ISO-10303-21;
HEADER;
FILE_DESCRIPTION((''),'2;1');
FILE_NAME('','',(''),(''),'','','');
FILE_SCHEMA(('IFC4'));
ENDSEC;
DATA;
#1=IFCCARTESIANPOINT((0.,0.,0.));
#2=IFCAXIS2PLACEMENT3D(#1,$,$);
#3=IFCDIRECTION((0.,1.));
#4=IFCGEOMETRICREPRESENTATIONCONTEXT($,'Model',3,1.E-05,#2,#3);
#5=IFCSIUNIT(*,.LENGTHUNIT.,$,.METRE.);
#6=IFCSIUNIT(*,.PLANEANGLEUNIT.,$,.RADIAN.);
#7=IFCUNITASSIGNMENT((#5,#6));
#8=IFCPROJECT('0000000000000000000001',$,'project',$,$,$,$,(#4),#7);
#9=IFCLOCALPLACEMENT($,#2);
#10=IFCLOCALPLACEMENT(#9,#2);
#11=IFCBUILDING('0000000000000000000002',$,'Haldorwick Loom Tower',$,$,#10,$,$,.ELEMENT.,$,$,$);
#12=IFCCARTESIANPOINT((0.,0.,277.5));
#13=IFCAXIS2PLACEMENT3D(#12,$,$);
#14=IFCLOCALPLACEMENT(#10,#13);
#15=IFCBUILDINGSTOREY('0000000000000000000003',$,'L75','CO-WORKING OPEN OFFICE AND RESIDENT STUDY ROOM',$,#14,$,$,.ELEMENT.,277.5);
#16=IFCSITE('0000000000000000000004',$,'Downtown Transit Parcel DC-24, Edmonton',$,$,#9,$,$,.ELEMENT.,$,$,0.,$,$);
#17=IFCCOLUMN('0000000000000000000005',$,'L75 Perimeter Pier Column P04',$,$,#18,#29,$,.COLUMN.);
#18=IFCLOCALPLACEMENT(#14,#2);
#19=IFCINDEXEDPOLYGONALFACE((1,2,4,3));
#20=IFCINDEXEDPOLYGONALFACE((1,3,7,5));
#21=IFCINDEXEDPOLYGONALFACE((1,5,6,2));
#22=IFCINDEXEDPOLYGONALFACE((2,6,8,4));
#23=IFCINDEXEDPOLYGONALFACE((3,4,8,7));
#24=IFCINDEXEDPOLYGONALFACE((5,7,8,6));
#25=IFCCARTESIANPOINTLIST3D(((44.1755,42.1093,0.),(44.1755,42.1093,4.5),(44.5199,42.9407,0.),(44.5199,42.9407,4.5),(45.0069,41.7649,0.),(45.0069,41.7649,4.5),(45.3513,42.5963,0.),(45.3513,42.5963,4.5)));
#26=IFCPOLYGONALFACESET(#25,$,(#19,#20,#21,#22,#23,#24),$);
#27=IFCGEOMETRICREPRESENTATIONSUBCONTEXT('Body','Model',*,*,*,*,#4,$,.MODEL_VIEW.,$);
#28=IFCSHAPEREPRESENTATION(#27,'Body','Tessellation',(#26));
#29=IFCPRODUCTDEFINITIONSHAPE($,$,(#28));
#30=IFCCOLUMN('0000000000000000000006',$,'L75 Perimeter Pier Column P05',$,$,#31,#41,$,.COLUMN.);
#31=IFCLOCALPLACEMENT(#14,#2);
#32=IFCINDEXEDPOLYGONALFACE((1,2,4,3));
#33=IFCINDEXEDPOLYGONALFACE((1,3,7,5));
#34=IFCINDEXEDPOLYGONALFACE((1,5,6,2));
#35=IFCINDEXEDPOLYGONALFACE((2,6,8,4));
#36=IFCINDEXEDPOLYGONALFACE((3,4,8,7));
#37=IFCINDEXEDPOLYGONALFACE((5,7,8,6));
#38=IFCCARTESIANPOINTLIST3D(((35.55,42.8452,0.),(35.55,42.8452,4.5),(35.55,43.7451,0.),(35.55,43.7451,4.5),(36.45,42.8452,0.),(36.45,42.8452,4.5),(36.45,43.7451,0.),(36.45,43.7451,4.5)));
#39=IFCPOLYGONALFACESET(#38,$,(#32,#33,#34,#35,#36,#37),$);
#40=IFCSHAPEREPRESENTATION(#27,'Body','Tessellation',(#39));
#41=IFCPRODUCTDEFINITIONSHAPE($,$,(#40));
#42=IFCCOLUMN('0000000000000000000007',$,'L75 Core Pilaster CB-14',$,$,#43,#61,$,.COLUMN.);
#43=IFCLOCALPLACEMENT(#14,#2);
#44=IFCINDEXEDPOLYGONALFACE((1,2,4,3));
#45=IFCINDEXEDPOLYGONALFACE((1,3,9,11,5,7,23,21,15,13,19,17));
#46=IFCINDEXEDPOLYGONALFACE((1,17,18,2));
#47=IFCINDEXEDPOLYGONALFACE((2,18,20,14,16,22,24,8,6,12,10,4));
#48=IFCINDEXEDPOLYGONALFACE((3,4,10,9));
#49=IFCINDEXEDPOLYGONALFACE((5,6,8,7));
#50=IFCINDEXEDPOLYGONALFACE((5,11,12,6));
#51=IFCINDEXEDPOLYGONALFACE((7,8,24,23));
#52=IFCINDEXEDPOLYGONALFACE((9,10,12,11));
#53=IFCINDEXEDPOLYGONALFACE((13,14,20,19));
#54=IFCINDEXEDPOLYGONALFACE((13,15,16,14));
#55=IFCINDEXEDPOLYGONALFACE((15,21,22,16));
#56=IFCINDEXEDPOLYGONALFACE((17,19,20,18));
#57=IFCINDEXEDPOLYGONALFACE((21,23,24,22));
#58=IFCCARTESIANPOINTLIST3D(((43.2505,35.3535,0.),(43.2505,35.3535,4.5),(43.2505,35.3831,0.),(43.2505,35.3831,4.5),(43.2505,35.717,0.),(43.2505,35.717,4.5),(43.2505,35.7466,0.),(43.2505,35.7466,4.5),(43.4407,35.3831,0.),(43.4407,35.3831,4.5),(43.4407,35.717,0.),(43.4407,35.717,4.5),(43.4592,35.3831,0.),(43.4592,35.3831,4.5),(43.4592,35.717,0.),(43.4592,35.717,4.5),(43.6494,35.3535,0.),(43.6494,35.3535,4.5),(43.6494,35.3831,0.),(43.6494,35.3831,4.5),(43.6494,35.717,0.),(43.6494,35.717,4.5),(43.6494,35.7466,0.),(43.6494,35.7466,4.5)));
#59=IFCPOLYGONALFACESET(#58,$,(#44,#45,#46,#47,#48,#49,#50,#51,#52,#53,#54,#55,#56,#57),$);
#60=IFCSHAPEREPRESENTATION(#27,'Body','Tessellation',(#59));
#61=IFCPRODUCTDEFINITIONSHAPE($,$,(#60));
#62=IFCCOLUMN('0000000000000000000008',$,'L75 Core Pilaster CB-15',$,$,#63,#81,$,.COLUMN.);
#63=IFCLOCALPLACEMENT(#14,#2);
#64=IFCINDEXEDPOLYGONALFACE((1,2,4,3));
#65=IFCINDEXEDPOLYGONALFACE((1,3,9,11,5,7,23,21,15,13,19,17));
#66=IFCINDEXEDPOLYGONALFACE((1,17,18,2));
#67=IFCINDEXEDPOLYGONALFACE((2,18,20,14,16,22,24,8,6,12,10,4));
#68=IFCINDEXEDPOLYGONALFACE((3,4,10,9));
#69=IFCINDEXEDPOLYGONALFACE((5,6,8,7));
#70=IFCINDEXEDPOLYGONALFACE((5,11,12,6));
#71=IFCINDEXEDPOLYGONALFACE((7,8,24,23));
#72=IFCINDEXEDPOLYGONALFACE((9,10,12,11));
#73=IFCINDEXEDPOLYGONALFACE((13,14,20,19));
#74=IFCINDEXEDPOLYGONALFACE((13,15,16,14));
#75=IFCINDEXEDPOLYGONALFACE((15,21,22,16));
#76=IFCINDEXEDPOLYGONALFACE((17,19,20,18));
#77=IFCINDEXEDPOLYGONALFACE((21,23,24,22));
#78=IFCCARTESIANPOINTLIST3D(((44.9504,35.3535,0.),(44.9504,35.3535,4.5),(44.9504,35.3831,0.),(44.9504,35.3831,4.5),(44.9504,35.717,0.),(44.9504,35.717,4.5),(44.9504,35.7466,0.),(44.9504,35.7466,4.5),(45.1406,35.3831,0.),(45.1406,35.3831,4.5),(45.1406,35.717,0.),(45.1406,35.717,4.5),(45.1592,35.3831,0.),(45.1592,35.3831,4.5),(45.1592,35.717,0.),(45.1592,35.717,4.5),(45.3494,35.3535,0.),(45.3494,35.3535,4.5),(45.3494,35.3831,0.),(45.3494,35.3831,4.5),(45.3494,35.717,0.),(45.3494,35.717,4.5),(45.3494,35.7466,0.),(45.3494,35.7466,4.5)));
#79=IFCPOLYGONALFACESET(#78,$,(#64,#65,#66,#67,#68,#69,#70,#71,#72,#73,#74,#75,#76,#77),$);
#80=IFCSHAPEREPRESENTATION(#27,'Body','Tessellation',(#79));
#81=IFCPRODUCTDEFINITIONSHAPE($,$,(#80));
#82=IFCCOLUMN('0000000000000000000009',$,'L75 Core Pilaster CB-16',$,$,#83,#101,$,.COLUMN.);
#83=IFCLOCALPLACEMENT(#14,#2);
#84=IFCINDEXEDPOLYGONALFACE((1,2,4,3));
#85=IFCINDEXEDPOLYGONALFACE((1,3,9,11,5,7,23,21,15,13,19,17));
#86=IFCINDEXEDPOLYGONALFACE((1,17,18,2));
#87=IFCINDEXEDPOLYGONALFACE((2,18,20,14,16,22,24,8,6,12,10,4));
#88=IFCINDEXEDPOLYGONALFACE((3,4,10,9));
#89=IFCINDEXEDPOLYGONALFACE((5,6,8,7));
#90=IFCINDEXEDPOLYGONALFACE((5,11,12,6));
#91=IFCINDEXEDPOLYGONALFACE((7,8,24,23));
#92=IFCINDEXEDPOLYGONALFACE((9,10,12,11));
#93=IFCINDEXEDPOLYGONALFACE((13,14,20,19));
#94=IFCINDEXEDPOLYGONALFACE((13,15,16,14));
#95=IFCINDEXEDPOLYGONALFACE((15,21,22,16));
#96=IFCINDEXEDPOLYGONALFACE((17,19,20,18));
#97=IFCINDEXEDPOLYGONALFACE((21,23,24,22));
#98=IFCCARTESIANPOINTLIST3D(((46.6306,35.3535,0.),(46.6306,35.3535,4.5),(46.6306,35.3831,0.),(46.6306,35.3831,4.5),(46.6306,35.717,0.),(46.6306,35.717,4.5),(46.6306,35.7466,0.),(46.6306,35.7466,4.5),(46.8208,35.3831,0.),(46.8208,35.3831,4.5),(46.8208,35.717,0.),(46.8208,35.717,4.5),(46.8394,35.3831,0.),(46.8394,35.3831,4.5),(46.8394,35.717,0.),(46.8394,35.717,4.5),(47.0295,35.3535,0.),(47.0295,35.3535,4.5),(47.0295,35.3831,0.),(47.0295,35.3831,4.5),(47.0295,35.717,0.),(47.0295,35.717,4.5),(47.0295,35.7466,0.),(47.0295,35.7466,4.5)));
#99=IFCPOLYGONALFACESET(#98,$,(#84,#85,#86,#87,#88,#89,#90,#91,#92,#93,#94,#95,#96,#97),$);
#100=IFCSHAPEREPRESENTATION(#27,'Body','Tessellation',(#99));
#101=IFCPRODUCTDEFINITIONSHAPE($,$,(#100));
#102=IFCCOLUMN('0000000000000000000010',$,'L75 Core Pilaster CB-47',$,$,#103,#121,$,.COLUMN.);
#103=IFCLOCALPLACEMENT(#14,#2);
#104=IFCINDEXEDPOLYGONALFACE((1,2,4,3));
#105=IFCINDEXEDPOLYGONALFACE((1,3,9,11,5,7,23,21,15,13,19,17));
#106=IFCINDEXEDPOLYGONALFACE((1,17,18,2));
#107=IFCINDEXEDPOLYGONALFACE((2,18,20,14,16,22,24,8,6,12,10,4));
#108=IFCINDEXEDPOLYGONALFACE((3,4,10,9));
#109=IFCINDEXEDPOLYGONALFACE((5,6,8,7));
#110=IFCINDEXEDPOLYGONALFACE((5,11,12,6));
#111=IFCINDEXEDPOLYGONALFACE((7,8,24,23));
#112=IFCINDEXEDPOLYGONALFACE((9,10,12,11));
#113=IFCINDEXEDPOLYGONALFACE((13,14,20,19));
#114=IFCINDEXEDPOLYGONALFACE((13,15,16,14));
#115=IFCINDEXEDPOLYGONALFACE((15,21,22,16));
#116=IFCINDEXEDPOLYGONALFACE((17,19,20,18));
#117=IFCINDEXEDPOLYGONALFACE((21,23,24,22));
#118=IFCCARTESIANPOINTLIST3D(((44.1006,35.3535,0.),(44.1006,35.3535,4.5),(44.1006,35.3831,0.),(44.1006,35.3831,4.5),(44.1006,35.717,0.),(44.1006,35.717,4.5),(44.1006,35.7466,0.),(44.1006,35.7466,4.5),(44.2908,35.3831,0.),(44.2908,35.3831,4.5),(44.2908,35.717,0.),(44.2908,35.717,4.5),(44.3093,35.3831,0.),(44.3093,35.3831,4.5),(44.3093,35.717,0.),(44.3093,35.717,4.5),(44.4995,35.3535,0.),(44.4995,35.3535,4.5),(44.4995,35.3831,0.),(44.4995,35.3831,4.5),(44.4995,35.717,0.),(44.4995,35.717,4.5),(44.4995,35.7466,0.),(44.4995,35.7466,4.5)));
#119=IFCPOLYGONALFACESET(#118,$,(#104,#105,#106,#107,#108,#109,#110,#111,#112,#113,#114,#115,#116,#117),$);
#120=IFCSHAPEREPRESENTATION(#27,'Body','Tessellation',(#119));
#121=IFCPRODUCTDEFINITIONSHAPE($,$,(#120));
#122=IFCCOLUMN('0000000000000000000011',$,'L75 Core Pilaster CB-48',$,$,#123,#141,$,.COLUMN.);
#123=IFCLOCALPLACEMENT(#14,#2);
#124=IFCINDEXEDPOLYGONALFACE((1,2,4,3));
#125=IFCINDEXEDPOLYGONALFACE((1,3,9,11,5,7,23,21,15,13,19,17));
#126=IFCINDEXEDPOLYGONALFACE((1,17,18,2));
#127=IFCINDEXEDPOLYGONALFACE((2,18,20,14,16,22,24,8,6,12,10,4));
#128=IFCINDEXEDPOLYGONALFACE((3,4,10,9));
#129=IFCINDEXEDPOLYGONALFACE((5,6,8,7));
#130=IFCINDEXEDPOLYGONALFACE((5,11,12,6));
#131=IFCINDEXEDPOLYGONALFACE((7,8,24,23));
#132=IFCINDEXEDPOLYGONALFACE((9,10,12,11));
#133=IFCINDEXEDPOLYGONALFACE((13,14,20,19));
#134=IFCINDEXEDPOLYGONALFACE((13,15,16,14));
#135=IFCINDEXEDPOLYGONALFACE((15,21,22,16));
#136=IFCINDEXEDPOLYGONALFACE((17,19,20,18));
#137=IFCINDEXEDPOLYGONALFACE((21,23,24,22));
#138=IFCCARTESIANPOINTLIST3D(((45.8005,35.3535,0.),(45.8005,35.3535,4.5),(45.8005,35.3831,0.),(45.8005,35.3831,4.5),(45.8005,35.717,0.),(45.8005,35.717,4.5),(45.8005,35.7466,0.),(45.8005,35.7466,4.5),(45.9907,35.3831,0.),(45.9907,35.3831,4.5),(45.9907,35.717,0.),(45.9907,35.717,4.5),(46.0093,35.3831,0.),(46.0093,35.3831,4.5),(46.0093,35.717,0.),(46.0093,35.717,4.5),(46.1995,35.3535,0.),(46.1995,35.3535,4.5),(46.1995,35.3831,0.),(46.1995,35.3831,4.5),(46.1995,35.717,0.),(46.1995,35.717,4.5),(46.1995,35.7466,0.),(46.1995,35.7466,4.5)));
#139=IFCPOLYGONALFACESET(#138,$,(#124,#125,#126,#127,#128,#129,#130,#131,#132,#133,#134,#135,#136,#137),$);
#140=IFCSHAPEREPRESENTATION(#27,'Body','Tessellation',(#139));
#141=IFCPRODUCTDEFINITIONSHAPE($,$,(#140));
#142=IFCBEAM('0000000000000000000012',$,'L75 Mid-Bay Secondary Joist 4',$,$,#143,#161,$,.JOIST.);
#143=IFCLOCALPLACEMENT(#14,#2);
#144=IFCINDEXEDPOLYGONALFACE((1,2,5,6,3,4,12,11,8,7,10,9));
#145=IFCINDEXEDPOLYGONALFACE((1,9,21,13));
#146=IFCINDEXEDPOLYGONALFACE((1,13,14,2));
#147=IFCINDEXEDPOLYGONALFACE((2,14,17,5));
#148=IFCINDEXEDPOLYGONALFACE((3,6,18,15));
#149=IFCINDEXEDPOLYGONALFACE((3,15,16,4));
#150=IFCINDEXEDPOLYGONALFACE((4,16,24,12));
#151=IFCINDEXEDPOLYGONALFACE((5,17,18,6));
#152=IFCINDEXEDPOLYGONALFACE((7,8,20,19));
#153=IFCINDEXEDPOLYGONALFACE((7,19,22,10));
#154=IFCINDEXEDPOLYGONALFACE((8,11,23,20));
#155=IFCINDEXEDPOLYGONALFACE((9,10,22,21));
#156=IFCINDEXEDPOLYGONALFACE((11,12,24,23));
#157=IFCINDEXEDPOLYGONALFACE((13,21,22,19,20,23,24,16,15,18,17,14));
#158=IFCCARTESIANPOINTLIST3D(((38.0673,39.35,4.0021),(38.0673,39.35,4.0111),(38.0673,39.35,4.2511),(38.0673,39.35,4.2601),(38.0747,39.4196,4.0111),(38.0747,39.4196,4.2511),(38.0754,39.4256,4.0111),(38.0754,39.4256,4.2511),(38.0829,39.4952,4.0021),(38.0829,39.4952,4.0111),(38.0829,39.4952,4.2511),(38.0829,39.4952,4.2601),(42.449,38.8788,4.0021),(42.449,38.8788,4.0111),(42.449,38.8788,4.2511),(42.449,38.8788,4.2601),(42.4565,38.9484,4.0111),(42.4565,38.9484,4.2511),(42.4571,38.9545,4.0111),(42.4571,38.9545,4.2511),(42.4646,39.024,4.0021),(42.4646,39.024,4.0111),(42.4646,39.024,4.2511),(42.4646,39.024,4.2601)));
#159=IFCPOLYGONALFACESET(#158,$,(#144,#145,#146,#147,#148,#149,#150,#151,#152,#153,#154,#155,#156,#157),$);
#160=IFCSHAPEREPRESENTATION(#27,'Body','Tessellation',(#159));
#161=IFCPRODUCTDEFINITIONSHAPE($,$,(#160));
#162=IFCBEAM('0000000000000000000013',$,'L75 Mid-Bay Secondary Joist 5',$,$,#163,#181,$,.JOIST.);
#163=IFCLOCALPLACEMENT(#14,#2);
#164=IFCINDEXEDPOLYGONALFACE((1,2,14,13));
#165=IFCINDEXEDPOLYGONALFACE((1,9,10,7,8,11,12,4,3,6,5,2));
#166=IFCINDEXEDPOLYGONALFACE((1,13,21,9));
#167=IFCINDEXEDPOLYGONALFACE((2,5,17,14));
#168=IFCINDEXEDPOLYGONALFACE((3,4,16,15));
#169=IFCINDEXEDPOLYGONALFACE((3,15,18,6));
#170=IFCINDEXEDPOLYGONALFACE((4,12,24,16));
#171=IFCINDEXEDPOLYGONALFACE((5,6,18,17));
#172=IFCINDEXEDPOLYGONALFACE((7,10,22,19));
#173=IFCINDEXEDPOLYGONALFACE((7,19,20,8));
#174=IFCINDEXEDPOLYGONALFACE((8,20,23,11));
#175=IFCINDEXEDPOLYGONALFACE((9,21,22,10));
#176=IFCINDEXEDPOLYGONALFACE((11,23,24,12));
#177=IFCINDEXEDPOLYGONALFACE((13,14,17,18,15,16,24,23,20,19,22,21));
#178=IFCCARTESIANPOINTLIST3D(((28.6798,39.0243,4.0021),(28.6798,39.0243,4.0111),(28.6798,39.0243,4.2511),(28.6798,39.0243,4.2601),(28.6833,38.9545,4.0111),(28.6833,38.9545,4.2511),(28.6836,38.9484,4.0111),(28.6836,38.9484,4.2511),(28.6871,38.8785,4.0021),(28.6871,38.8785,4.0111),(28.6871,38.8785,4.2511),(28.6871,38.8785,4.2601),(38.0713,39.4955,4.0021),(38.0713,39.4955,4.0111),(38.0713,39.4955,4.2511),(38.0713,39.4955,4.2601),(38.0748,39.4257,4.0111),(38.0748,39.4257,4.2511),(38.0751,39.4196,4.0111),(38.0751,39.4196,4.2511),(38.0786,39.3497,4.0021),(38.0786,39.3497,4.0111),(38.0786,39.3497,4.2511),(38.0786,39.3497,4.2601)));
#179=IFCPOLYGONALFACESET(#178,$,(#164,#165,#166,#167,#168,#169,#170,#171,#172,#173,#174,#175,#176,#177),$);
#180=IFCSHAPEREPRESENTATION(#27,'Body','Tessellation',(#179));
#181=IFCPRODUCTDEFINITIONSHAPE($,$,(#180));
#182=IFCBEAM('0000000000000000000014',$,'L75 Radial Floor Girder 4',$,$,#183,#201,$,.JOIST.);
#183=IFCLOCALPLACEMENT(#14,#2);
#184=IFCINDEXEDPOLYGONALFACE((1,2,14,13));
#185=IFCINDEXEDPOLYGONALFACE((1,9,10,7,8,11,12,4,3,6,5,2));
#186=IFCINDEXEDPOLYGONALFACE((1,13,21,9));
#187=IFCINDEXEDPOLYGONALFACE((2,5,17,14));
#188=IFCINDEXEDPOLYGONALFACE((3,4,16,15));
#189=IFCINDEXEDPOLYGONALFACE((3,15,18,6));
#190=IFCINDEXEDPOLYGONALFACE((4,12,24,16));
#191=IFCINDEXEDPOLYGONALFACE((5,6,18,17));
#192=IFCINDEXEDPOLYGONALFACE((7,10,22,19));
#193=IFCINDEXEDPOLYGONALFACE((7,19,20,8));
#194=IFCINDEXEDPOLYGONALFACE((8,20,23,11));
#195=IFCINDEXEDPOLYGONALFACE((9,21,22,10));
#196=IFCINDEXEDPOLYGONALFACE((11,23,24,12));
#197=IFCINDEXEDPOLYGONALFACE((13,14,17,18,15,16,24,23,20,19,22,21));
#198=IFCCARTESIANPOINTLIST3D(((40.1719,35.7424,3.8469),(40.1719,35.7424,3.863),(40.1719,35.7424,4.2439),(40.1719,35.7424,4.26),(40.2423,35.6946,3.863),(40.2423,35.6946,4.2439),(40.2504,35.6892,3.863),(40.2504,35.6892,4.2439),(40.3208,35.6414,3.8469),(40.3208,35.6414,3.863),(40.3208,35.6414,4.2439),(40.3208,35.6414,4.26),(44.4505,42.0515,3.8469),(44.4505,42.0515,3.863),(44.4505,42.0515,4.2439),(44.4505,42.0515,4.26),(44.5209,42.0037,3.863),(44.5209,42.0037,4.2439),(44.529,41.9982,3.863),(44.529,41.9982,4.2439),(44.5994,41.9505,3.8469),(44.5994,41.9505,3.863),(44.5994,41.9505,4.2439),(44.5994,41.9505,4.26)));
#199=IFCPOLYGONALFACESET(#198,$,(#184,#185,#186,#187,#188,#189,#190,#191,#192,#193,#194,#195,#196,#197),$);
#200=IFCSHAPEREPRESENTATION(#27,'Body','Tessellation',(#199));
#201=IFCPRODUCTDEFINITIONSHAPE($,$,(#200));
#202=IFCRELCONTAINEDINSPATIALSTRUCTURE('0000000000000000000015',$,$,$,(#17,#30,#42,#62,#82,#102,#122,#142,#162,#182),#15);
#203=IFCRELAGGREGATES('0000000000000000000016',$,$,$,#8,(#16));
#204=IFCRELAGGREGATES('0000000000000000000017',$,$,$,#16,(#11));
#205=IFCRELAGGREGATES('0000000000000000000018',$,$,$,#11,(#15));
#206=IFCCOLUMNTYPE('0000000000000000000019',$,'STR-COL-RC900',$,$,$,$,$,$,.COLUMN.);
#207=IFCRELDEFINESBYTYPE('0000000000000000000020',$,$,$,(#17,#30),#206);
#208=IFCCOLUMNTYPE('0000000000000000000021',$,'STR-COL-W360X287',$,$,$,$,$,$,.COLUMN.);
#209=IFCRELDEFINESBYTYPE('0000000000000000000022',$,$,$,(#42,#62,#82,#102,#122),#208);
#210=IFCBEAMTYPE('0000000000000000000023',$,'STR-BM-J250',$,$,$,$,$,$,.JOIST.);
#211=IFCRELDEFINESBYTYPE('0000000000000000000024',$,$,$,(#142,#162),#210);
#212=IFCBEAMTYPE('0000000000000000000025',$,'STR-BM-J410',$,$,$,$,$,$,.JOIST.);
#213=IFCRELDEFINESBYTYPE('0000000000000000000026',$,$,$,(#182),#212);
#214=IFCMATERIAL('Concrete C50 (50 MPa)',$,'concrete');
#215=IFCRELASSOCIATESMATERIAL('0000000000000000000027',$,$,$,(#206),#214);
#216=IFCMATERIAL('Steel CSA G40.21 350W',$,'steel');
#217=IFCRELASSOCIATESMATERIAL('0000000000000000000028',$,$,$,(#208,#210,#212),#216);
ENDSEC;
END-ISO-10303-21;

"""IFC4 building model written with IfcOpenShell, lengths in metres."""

from ifc_helpers import new_model, si_unit, direction, frame, origin, origin_2d, place, context, subcontext, project, spatial, rectangle, i_section, extrude, material, material_profile, profile_set, type_object, element, save


model = new_model("IFC4")

# Units and contexts
model_context = context("Model", 3, precision=1e-05, world=origin(), true_north=direction((0.0, 1.0)))
body_context = subcontext(model_context, "Body", "Model", "MODEL_VIEW")
ifc_project = project(units=[si_unit("LENGTHUNIT", "METRE"), si_unit("PLANEANGLEUNIT", "RADIAN")], contexts=[model_context])

# Site, building, storey
site_placement = place(None, origin())
site = spatial("IfcSite", under=ifc_project, at=site_placement, Name="Downtown Transit Parcel DC-24, Edmonton", CompositionType="ELEMENT", RefElevation=0.0)
building_placement = place(site_placement, origin())
building = spatial("IfcBuilding", under=site, at=building_placement, Name="Haldorwick Loom Tower", CompositionType="ELEMENT")
storey_placement = place(building_placement, frame((0.0, 0.0, 277.5)))
storey = spatial("IfcBuildingStorey", under=building, at=storey_placement, Name="L75", Description="CO-WORKING OPEN OFFICE AND RESIDENT STUDY ROOM", CompositionType="ELEMENT", Elevation=277.5)

# Columns
ifc_material_1 = material(Name="Concrete C50 (50 MPa)", Category="concrete")
ifc_material_profile_1 = material_profile(ifc_material_1, rectangle(XDim=0.8999, YDim=0.8999, at=origin_2d()), Name="RC900X900", Category="concrete")
ifc_profile_set_1 = profile_set([ifc_material_profile_1], Name="Concrete C50 (50 MPa)")
column_type_1 = type_object("IfcColumnType", Name="STR-COL-RC900", PredefinedType="COLUMN", material=ifc_profile_set_1)
for number, where, z_axis, x_axis, name in (
    (1, (44.7634, 42.3528, 0.0), (0.0, 0.0, 1.0), (0.382683, 0.92388, 0.0), "L75 Perimeter Pier Column P04"),
    (2, (36.0, 43.2952, 0.0), (0.0, 0.0, 1.0), (0.0, 1.0, 0.0), "L75 Perimeter Pier Column P05"),
):
    element("IfcColumn", number, at=place(storey_placement, frame(where, z_axis=z_axis, x_axis=x_axis)), inside=storey, type_object=column_type_1, Name=name, PredefinedType="COLUMN", context=body_context, shape_type="SweptSolid", body=[
        extrude(rectangle(XDim=0.8999, YDim=0.8999, at=origin_2d()), origin(), (0.0, 0.0, 1.0), 4.5),
    ])
ifc_material_2 = material(Name="Steel CSA G40.21 350W", Category="steel")
ifc_material_profile_2 = material_profile(ifc_material_2, i_section(OverallWidth=0.3989, OverallDepth=0.3931, WebThickness=0.0186, FlangeThickness=0.0295, at=origin_2d()), Name="W360X287", Category="steel")
ifc_profile_set_2 = profile_set([ifc_material_profile_2], Name="Steel CSA G40.21 350W")
column_type_2 = type_object("IfcColumnType", Name="STR-COL-W360X287", PredefinedType="COLUMN", material=ifc_profile_set_2)
for number, where, z_axis, x_axis, name in (
    (3, (43.45, 35.55, 0.0), (0.0, 0.0, 1.0), (1.0, 0.0, 0.0), "L75 Core Pilaster CB-14"),
    (4, (45.1499, 35.55, 0.0), (0.0, 0.0, 1.0), (1.0, 0.0, 0.0), "L75 Core Pilaster CB-15"),
    (5, (46.8301, 35.55, 0.0), (0.0, 0.0, 1.0), (1.0, 0.0, 0.0), "L75 Core Pilaster CB-16"),
    (6, (44.3, 35.55, 0.0), (0.0, 0.0, 1.0), (1.0, 0.0, 0.0), "L75 Core Pilaster CB-47"),
    (7, (46.0, 35.55, 0.0), (0.0, 0.0, 1.0), (1.0, 0.0, 0.0), "L75 Core Pilaster CB-48"),
):
    element("IfcColumn", number, at=place(storey_placement, frame(where, z_axis=z_axis, x_axis=x_axis)), inside=storey, type_object=column_type_2, Name=name, PredefinedType="COLUMN", context=body_context, shape_type="SweptSolid", body=[
        extrude(i_section(OverallWidth=0.3989, OverallDepth=0.3931, WebThickness=0.0186, FlangeThickness=0.0295, at=origin_2d()), origin(), (0.0, 0.0, 1.0), 4.5),
    ])

# Beams
ifc_material_profile_3 = material_profile(ifc_material_2, i_section(OverallWidth=0.146, OverallDepth=0.2581, WebThickness=0.0061, FlangeThickness=0.009, at=origin_2d()), Name="W250X33", Category="steel")
ifc_profile_set_3 = profile_set([ifc_material_profile_3], Name="Steel CSA G40.21 350W")
beam_type_1 = type_object("IfcBeamType", Name="STR-BM-J250", PredefinedType="JOIST", material=ifc_profile_set_3)
beam_1_placement = place(storey_placement, frame((42.4568, 38.9514, 4.1311), z_axis=(-0.994268, 0.106916, 0.0), x_axis=(-0.106916, -0.994268, 0.0)))
element("IfcBeam", 8, at=beam_1_placement, inside=storey, type_object=beam_type_1, Name="L75 Mid-Bay Secondary Joist 4", PredefinedType="JOIST", context=body_context, shape_type="SweptSolid", body=[
    extrude(i_section(OverallWidth=0.146, OverallDepth=0.2581, WebThickness=0.0061, FlangeThickness=0.009, at=origin_2d()), origin(), (0.0, 0.0, 1.0), 4.407),
])
beam_2_placement = place(storey_placement, frame((38.075, 39.4226, 4.1311), z_axis=(-0.998744, -0.050109, 0.0), x_axis=(0.050109, -0.998744, 0.0)))
element("IfcBeam", 9, at=beam_2_placement, inside=storey, type_object=beam_type_1, Name="L75 Mid-Bay Secondary Joist 5", PredefinedType="JOIST", context=body_context, shape_type="SweptSolid", body=[
    extrude(i_section(OverallWidth=0.146, OverallDepth=0.2581, WebThickness=0.0061, FlangeThickness=0.009, at=origin_2d()), origin(), (0.0, 0.0, 1.0), 9.4033),
])
ifc_material_profile_4 = material_profile(ifc_material_2, i_section(OverallWidth=0.1799, OverallDepth=0.4131, WebThickness=0.0098, FlangeThickness=0.0161, at=origin_2d()), Name="W410X74", Category="steel")
ifc_profile_set_4 = profile_set([ifc_material_profile_4], Name="Steel CSA G40.21 350W")
beam_type_2 = type_object("IfcBeamType", Name="STR-BM-J410", PredefinedType="JOIST", material=ifc_profile_set_4)
beam_3_placement = place(storey_placement, frame((40.2463, 35.6919, 4.0535), z_axis=(0.561268, 0.827634, 0.0), x_axis=(-0.827634, 0.561268, 0.0)))
element("IfcBeam", 10, at=beam_3_placement, inside=storey, type_object=beam_type_2, Name="L75 Radial Floor Girder 4", PredefinedType="JOIST", context=body_context, shape_type="SweptSolid", body=[
    extrude(i_section(OverallWidth=0.1799, OverallDepth=0.4131, WebThickness=0.0098, FlangeThickness=0.0161, at=origin_2d()), origin(), (0.0, 0.0, 1.0), 7.623),
])

save(model, "model.ifc")
